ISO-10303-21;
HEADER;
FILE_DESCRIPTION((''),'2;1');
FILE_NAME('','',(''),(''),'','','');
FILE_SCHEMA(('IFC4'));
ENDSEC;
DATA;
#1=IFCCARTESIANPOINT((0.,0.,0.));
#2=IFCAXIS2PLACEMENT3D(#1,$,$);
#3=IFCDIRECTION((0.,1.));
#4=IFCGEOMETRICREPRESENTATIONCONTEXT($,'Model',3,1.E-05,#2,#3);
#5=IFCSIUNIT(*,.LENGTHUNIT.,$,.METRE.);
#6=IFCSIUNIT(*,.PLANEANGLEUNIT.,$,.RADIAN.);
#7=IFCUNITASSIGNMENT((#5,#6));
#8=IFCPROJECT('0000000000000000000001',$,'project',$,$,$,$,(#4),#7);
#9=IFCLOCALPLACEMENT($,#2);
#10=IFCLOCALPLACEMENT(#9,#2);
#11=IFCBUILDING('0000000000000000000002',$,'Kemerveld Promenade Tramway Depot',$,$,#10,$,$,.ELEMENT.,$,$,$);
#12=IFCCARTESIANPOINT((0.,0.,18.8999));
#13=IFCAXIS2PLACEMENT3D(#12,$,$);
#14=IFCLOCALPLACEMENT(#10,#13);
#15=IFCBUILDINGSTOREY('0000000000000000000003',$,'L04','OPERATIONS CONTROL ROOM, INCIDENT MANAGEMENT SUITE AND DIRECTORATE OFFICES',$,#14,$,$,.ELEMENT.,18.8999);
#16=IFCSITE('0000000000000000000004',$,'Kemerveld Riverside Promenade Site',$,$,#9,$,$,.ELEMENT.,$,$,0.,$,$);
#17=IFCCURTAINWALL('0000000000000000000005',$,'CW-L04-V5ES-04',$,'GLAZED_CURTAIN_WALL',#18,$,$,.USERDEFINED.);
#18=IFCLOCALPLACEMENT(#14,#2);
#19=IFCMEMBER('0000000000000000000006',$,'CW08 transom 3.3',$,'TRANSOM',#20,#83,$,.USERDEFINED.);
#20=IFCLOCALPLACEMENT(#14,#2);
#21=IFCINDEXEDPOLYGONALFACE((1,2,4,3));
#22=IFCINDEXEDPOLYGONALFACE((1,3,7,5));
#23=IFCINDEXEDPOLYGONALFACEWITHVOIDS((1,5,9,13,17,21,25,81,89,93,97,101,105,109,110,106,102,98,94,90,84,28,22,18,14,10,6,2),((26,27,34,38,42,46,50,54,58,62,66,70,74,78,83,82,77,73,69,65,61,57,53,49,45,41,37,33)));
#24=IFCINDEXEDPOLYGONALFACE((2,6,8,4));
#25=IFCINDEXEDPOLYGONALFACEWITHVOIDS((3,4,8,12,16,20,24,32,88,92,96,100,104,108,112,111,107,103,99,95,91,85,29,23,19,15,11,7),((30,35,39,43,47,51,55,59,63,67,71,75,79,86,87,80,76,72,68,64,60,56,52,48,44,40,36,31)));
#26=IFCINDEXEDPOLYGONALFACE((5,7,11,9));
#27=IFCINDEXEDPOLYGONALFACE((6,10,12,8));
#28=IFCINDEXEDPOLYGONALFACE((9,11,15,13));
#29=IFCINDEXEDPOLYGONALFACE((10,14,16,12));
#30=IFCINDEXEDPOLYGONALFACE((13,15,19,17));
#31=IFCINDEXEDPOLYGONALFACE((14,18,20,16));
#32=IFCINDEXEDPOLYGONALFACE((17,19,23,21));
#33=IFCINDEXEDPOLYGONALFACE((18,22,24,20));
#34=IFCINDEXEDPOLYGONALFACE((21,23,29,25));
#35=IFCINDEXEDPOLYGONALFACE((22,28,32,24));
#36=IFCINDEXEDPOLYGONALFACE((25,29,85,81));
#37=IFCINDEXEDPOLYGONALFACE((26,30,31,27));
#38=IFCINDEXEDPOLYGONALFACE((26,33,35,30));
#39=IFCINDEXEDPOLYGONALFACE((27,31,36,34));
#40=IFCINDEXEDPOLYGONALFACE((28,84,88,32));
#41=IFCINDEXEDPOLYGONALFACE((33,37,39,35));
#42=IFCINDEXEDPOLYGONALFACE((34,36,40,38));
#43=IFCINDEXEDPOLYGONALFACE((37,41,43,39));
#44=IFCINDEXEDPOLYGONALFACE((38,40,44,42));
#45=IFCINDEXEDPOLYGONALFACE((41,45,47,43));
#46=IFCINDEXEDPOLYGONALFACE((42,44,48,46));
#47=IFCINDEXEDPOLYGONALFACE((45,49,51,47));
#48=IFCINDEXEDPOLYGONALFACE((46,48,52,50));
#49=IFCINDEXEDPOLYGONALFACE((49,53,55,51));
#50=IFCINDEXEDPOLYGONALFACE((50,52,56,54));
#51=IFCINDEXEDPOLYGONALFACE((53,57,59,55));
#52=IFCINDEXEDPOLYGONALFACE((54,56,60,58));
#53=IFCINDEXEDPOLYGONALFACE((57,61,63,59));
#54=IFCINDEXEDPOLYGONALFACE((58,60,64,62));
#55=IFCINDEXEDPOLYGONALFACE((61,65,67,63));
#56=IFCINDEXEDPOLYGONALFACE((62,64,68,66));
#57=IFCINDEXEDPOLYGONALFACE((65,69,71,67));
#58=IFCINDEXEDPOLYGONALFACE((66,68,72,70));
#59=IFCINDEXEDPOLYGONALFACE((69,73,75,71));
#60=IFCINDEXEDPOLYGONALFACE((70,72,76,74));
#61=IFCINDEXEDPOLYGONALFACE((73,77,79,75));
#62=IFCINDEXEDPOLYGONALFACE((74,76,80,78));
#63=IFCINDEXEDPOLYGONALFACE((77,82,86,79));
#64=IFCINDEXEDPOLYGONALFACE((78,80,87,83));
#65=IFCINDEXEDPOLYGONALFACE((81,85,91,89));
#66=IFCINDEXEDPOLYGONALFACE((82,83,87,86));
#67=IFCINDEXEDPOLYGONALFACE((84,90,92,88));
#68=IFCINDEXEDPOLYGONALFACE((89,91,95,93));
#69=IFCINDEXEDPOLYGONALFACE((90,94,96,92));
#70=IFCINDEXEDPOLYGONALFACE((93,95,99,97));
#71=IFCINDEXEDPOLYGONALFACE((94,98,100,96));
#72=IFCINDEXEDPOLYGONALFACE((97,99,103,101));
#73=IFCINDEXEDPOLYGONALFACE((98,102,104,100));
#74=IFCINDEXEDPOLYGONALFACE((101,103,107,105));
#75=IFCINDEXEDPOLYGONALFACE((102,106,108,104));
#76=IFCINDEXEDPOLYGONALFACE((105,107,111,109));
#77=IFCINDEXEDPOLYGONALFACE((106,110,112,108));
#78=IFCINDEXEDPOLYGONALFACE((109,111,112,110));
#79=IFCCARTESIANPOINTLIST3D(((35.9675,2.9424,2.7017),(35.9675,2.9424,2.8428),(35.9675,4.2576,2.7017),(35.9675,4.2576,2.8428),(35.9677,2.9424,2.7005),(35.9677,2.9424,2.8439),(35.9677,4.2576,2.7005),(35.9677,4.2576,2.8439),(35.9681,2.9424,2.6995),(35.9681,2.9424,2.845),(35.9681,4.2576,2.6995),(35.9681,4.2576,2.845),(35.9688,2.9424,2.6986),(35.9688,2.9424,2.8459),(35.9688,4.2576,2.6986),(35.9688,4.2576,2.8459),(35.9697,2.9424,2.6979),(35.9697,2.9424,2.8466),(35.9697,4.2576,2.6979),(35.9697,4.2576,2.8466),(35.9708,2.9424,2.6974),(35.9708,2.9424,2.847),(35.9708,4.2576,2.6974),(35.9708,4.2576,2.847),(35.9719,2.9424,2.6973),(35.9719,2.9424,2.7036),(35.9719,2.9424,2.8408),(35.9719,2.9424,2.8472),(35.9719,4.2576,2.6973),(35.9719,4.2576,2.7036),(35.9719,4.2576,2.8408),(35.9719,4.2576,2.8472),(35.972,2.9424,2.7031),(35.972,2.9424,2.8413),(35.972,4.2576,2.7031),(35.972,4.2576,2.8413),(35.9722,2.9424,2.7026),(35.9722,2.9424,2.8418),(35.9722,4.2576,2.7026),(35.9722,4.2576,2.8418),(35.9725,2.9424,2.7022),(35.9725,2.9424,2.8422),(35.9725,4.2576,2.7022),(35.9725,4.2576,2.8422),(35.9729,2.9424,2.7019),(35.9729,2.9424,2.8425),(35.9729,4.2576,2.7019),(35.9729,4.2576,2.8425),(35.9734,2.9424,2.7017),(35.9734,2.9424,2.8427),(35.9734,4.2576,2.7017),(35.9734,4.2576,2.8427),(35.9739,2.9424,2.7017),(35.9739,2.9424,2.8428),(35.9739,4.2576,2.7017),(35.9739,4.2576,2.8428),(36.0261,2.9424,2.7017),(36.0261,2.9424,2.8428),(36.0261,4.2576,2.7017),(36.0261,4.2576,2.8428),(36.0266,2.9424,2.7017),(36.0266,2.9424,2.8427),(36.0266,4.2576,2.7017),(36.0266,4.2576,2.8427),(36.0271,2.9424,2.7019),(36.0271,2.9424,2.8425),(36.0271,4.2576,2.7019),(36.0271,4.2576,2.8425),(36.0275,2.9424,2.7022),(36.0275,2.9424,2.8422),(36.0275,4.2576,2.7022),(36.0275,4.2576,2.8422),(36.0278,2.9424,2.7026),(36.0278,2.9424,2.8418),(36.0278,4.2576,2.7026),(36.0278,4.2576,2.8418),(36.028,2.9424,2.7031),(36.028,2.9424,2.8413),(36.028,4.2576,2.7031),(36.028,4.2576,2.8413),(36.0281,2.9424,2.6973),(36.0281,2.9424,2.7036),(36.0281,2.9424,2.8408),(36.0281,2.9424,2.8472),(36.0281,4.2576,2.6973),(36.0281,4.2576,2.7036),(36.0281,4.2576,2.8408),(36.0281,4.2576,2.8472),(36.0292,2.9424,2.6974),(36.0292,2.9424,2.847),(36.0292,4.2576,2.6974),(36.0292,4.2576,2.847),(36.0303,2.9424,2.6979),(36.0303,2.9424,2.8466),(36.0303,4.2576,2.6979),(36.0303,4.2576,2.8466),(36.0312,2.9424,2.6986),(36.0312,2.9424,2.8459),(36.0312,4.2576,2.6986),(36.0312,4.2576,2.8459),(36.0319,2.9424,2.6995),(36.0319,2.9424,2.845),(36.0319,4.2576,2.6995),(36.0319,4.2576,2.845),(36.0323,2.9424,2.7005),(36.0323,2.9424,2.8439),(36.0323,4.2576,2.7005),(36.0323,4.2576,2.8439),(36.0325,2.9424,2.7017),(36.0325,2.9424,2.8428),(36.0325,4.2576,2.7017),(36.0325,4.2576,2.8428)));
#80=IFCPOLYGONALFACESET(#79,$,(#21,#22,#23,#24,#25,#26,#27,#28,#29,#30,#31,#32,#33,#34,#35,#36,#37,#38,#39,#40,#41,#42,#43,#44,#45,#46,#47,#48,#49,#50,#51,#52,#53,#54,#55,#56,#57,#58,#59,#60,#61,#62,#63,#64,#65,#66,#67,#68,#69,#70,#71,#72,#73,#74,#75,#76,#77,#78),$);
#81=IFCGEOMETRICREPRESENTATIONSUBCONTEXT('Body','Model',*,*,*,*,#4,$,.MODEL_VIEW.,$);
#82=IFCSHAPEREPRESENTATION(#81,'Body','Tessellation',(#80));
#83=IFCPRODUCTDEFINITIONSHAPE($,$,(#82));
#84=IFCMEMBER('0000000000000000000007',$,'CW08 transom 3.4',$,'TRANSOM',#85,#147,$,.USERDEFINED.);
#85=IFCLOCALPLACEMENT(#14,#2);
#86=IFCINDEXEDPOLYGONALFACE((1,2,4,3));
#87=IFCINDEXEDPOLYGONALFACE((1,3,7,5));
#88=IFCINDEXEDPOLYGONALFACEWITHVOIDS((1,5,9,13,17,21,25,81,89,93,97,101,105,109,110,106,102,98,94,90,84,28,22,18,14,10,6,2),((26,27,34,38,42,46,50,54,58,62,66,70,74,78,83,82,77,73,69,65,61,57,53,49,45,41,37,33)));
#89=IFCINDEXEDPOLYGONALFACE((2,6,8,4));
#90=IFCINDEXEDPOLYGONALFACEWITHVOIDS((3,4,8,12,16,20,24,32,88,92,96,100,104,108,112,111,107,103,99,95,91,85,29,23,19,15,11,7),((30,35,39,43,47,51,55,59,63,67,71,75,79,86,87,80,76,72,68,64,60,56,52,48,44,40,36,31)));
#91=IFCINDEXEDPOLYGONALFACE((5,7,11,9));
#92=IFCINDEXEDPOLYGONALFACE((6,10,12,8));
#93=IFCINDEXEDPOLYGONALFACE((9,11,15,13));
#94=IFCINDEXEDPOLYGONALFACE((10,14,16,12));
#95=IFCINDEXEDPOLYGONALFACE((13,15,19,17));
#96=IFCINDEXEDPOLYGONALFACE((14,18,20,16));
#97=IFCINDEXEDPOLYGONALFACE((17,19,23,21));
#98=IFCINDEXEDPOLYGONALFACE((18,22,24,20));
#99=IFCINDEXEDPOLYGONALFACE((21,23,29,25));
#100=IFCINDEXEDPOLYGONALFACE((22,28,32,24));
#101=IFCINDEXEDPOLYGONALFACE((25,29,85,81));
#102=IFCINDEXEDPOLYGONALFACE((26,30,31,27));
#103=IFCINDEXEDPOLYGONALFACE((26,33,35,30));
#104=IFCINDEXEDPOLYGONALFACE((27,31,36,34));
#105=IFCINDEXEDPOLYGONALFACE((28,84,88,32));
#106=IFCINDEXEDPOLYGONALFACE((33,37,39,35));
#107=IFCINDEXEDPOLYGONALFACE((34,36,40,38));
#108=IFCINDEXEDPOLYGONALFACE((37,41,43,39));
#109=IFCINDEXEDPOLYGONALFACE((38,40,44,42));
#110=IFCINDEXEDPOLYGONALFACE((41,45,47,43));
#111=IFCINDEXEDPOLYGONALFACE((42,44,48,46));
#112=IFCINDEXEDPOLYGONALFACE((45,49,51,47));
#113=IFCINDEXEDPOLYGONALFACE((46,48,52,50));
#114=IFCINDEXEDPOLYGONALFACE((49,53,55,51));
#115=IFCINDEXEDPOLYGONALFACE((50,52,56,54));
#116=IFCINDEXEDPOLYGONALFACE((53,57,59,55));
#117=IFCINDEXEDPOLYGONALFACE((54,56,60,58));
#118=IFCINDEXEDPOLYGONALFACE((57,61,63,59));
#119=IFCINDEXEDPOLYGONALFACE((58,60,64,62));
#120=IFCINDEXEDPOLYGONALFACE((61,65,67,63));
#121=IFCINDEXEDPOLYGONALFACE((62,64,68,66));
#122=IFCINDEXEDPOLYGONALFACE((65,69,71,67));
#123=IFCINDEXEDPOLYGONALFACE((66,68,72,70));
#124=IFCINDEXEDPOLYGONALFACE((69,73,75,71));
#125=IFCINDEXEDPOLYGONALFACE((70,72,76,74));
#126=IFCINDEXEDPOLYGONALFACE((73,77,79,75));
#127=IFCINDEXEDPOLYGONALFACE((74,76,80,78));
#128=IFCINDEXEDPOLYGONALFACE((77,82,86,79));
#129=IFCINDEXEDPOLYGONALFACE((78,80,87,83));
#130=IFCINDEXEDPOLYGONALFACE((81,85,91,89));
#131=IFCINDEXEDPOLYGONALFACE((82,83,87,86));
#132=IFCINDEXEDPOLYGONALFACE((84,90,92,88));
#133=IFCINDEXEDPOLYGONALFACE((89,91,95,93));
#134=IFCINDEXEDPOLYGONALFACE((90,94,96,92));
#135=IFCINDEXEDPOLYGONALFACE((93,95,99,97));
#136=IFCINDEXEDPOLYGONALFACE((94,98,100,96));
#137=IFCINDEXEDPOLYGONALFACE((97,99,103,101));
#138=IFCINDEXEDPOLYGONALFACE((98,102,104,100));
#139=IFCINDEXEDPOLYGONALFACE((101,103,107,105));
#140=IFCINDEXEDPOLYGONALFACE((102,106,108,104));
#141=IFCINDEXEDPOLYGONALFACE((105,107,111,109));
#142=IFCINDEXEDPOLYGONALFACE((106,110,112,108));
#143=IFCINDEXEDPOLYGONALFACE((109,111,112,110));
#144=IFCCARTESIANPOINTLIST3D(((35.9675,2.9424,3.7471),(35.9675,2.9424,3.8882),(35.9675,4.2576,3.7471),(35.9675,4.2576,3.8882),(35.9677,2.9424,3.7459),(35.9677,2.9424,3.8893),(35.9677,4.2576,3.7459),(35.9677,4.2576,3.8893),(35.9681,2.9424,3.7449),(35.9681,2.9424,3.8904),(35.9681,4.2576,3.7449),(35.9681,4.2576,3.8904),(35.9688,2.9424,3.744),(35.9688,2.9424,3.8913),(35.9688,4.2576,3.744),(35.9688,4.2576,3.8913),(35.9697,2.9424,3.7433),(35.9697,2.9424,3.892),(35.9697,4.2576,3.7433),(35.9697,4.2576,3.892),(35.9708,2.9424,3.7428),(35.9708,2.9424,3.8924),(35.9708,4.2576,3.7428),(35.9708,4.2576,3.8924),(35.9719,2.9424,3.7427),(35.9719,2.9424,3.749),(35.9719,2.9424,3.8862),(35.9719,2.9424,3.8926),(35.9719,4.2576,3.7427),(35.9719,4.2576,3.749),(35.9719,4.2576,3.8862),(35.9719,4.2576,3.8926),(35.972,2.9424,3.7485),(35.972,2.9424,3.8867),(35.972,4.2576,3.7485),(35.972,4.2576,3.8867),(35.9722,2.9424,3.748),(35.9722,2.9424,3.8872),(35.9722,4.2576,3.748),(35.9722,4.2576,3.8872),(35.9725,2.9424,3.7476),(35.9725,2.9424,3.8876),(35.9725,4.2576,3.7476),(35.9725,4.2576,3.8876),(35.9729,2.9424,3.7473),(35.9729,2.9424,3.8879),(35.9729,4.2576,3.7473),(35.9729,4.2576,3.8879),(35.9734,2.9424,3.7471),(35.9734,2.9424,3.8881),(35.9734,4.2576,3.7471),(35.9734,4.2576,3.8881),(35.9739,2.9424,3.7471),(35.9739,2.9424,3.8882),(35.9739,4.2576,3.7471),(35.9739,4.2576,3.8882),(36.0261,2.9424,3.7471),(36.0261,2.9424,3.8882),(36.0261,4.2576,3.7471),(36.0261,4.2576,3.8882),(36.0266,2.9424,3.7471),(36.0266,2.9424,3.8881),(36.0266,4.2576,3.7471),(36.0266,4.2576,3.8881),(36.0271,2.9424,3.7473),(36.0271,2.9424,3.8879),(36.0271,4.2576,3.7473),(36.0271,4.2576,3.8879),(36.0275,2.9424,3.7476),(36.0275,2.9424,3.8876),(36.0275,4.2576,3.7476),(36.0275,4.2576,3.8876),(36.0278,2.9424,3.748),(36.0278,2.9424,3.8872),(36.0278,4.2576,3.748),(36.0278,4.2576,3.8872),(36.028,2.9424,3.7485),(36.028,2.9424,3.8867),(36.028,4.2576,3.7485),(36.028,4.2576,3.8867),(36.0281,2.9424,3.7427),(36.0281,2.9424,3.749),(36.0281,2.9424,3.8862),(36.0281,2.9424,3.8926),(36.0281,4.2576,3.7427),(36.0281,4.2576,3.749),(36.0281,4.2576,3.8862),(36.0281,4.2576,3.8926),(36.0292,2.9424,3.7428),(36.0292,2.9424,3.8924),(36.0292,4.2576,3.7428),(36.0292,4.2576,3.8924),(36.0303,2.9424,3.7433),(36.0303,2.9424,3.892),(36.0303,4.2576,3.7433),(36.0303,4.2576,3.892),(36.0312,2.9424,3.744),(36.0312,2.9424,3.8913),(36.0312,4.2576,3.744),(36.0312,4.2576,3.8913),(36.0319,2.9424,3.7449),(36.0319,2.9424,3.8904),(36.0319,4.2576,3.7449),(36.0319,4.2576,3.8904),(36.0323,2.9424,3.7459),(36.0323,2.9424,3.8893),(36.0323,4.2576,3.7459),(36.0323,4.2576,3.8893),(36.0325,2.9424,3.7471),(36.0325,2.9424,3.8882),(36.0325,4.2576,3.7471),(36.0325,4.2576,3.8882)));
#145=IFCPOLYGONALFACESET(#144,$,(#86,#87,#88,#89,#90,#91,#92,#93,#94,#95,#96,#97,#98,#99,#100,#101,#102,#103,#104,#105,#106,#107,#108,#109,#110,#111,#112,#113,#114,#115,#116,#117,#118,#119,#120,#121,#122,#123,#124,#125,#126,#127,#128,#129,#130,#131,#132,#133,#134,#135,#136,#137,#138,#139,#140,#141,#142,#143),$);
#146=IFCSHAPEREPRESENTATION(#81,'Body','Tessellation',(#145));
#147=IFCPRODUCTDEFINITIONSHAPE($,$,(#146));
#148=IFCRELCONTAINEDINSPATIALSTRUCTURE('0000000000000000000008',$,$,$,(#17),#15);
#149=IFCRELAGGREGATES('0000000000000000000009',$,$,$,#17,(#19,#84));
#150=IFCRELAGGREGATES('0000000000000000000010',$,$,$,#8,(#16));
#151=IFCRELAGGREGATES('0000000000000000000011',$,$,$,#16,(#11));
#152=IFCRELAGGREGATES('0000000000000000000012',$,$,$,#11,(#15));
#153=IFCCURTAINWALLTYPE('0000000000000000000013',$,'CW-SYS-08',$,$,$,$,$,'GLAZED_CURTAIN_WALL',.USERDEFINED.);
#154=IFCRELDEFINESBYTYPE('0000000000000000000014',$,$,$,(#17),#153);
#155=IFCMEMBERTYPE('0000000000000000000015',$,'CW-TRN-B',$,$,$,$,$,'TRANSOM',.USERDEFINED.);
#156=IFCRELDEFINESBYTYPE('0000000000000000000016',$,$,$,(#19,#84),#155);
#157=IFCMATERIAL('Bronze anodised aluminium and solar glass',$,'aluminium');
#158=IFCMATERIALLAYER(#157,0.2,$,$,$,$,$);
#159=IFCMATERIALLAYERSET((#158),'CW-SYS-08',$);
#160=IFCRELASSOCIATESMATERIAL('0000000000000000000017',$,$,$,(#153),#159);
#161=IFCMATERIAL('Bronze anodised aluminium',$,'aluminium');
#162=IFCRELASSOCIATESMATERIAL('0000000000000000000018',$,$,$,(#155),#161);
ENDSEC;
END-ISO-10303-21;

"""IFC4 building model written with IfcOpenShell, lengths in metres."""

from ifc_helpers import new_model, si_unit, direction, frame, origin, origin_2d, place, context, subcontext, project, spatial, hollow_rectangle, extrude, material, layer, layer_set, material_profile, profile_set, type_object, element, aggregate, save


model = new_model("IFC4")

# Units and contexts
model_context = context("Model", 3, precision=1e-05, world=origin(), true_north=direction((0.0, 1.0)))
body_context = subcontext(model_context, "Body", "Model", "MODEL_VIEW")
ifc_project = project(units=[si_unit("LENGTHUNIT", "METRE"), si_unit("PLANEANGLEUNIT", "RADIAN")], contexts=[model_context])

# Site, building, storey
site_placement = place(None, origin())
site = spatial("IfcSite", under=ifc_project, at=site_placement, Name="Kemerveld Riverside Promenade Site", CompositionType="ELEMENT", RefElevation=0.0)
building_placement = place(site_placement, origin())
building = spatial("IfcBuilding", under=site, at=building_placement, Name="Kemerveld Promenade Tramway Depot", CompositionType="ELEMENT")
storey_placement = place(building_placement, frame((0.0, 0.0, 18.8999)))
storey = spatial("IfcBuildingStorey", under=building, at=storey_placement, Name="L04", Description="OPERATIONS CONTROL ROOM, INCIDENT MANAGEMENT SUITE AND DIRECTORATE OFFICES", CompositionType="ELEMENT", Elevation=18.8999)

# Curtain wall, members
ifc_material_1 = material(Name="Bronze anodised aluminium and solar glass", Category="aluminium")
ifc_layer_1 = layer(ifc_material_1, 0.2)
ifc_layer_set_1 = layer_set([ifc_layer_1], Name="CW-SYS-08")
curtain_wall_type = type_object("IfcCurtainWallType", Name="CW-SYS-08", ElementType="GLAZED_CURTAIN_WALL", PredefinedType="USERDEFINED", material=ifc_layer_set_1)
curtain_wall_placement = place(storey_placement, origin())
curtain_wall = element("IfcCurtainWall", 1, at=curtain_wall_placement, inside=storey, type_object=curtain_wall_type, Name="CW-L04-V5ES-04", ObjectType="GLAZED_CURTAIN_WALL", PredefinedType="USERDEFINED")
ifc_material_2 = material(Name="Bronze anodised aluminium", Category="aluminium")
ifc_material_profile_1 = material_profile(ifc_material_2, hollow_rectangle(XDim=0.0649, YDim=0.1499, WallThickness=0.0044, InnerFilletRadius=0.002, OuterFilletRadius=0.0044, at=origin_2d()), Name="CW-TRN-150x65")
ifc_profile_set_1 = profile_set([ifc_material_profile_1], Name="Bronze anodised aluminium")
member_type_1 = type_object("IfcMemberType", Name="CW-TRN-B", ElementType="TRANSOM", PredefinedType="USERDEFINED", material=ifc_profile_set_1)
member_1_placement = place(storey_placement, frame((36.0, 4.2576, 2.7722), z_axis=(0.0, -1.0, 0.0), x_axis=(1.0, 0.0, 0.0)))
member_1 = element("IfcMember", 2, at=member_1_placement, type_object=member_type_1, Name="CW08 transom 3.3", ObjectType="TRANSOM", PredefinedType="USERDEFINED", context=body_context, shape_type="SweptSolid", body=[
    extrude(hollow_rectangle(XDim=0.0649, YDim=0.1499, WallThickness=0.0044, InnerFilletRadius=0.002, OuterFilletRadius=0.0044, at=origin_2d()), origin(), (0.0, 0.0, 1.0), 1.3152),
])
member_2_placement = place(storey_placement, frame((36.0, 4.2576, 3.8176), z_axis=(0.0, -1.0, 0.0), x_axis=(1.0, 0.0, 0.0)))
member_2 = element("IfcMember", 3, at=member_2_placement, type_object=member_type_1, Name="CW08 transom 3.4", ObjectType="TRANSOM", PredefinedType="USERDEFINED", context=body_context, shape_type="SweptSolid", body=[
    extrude(hollow_rectangle(XDim=0.0649, YDim=0.1499, WallThickness=0.0044, InnerFilletRadius=0.002, OuterFilletRadius=0.0044, at=origin_2d()), origin(), (0.0, 0.0, 1.0), 1.3152),
])
aggregate(curtain_wall, [member_1, member_2])

save(model, "model.ifc")
